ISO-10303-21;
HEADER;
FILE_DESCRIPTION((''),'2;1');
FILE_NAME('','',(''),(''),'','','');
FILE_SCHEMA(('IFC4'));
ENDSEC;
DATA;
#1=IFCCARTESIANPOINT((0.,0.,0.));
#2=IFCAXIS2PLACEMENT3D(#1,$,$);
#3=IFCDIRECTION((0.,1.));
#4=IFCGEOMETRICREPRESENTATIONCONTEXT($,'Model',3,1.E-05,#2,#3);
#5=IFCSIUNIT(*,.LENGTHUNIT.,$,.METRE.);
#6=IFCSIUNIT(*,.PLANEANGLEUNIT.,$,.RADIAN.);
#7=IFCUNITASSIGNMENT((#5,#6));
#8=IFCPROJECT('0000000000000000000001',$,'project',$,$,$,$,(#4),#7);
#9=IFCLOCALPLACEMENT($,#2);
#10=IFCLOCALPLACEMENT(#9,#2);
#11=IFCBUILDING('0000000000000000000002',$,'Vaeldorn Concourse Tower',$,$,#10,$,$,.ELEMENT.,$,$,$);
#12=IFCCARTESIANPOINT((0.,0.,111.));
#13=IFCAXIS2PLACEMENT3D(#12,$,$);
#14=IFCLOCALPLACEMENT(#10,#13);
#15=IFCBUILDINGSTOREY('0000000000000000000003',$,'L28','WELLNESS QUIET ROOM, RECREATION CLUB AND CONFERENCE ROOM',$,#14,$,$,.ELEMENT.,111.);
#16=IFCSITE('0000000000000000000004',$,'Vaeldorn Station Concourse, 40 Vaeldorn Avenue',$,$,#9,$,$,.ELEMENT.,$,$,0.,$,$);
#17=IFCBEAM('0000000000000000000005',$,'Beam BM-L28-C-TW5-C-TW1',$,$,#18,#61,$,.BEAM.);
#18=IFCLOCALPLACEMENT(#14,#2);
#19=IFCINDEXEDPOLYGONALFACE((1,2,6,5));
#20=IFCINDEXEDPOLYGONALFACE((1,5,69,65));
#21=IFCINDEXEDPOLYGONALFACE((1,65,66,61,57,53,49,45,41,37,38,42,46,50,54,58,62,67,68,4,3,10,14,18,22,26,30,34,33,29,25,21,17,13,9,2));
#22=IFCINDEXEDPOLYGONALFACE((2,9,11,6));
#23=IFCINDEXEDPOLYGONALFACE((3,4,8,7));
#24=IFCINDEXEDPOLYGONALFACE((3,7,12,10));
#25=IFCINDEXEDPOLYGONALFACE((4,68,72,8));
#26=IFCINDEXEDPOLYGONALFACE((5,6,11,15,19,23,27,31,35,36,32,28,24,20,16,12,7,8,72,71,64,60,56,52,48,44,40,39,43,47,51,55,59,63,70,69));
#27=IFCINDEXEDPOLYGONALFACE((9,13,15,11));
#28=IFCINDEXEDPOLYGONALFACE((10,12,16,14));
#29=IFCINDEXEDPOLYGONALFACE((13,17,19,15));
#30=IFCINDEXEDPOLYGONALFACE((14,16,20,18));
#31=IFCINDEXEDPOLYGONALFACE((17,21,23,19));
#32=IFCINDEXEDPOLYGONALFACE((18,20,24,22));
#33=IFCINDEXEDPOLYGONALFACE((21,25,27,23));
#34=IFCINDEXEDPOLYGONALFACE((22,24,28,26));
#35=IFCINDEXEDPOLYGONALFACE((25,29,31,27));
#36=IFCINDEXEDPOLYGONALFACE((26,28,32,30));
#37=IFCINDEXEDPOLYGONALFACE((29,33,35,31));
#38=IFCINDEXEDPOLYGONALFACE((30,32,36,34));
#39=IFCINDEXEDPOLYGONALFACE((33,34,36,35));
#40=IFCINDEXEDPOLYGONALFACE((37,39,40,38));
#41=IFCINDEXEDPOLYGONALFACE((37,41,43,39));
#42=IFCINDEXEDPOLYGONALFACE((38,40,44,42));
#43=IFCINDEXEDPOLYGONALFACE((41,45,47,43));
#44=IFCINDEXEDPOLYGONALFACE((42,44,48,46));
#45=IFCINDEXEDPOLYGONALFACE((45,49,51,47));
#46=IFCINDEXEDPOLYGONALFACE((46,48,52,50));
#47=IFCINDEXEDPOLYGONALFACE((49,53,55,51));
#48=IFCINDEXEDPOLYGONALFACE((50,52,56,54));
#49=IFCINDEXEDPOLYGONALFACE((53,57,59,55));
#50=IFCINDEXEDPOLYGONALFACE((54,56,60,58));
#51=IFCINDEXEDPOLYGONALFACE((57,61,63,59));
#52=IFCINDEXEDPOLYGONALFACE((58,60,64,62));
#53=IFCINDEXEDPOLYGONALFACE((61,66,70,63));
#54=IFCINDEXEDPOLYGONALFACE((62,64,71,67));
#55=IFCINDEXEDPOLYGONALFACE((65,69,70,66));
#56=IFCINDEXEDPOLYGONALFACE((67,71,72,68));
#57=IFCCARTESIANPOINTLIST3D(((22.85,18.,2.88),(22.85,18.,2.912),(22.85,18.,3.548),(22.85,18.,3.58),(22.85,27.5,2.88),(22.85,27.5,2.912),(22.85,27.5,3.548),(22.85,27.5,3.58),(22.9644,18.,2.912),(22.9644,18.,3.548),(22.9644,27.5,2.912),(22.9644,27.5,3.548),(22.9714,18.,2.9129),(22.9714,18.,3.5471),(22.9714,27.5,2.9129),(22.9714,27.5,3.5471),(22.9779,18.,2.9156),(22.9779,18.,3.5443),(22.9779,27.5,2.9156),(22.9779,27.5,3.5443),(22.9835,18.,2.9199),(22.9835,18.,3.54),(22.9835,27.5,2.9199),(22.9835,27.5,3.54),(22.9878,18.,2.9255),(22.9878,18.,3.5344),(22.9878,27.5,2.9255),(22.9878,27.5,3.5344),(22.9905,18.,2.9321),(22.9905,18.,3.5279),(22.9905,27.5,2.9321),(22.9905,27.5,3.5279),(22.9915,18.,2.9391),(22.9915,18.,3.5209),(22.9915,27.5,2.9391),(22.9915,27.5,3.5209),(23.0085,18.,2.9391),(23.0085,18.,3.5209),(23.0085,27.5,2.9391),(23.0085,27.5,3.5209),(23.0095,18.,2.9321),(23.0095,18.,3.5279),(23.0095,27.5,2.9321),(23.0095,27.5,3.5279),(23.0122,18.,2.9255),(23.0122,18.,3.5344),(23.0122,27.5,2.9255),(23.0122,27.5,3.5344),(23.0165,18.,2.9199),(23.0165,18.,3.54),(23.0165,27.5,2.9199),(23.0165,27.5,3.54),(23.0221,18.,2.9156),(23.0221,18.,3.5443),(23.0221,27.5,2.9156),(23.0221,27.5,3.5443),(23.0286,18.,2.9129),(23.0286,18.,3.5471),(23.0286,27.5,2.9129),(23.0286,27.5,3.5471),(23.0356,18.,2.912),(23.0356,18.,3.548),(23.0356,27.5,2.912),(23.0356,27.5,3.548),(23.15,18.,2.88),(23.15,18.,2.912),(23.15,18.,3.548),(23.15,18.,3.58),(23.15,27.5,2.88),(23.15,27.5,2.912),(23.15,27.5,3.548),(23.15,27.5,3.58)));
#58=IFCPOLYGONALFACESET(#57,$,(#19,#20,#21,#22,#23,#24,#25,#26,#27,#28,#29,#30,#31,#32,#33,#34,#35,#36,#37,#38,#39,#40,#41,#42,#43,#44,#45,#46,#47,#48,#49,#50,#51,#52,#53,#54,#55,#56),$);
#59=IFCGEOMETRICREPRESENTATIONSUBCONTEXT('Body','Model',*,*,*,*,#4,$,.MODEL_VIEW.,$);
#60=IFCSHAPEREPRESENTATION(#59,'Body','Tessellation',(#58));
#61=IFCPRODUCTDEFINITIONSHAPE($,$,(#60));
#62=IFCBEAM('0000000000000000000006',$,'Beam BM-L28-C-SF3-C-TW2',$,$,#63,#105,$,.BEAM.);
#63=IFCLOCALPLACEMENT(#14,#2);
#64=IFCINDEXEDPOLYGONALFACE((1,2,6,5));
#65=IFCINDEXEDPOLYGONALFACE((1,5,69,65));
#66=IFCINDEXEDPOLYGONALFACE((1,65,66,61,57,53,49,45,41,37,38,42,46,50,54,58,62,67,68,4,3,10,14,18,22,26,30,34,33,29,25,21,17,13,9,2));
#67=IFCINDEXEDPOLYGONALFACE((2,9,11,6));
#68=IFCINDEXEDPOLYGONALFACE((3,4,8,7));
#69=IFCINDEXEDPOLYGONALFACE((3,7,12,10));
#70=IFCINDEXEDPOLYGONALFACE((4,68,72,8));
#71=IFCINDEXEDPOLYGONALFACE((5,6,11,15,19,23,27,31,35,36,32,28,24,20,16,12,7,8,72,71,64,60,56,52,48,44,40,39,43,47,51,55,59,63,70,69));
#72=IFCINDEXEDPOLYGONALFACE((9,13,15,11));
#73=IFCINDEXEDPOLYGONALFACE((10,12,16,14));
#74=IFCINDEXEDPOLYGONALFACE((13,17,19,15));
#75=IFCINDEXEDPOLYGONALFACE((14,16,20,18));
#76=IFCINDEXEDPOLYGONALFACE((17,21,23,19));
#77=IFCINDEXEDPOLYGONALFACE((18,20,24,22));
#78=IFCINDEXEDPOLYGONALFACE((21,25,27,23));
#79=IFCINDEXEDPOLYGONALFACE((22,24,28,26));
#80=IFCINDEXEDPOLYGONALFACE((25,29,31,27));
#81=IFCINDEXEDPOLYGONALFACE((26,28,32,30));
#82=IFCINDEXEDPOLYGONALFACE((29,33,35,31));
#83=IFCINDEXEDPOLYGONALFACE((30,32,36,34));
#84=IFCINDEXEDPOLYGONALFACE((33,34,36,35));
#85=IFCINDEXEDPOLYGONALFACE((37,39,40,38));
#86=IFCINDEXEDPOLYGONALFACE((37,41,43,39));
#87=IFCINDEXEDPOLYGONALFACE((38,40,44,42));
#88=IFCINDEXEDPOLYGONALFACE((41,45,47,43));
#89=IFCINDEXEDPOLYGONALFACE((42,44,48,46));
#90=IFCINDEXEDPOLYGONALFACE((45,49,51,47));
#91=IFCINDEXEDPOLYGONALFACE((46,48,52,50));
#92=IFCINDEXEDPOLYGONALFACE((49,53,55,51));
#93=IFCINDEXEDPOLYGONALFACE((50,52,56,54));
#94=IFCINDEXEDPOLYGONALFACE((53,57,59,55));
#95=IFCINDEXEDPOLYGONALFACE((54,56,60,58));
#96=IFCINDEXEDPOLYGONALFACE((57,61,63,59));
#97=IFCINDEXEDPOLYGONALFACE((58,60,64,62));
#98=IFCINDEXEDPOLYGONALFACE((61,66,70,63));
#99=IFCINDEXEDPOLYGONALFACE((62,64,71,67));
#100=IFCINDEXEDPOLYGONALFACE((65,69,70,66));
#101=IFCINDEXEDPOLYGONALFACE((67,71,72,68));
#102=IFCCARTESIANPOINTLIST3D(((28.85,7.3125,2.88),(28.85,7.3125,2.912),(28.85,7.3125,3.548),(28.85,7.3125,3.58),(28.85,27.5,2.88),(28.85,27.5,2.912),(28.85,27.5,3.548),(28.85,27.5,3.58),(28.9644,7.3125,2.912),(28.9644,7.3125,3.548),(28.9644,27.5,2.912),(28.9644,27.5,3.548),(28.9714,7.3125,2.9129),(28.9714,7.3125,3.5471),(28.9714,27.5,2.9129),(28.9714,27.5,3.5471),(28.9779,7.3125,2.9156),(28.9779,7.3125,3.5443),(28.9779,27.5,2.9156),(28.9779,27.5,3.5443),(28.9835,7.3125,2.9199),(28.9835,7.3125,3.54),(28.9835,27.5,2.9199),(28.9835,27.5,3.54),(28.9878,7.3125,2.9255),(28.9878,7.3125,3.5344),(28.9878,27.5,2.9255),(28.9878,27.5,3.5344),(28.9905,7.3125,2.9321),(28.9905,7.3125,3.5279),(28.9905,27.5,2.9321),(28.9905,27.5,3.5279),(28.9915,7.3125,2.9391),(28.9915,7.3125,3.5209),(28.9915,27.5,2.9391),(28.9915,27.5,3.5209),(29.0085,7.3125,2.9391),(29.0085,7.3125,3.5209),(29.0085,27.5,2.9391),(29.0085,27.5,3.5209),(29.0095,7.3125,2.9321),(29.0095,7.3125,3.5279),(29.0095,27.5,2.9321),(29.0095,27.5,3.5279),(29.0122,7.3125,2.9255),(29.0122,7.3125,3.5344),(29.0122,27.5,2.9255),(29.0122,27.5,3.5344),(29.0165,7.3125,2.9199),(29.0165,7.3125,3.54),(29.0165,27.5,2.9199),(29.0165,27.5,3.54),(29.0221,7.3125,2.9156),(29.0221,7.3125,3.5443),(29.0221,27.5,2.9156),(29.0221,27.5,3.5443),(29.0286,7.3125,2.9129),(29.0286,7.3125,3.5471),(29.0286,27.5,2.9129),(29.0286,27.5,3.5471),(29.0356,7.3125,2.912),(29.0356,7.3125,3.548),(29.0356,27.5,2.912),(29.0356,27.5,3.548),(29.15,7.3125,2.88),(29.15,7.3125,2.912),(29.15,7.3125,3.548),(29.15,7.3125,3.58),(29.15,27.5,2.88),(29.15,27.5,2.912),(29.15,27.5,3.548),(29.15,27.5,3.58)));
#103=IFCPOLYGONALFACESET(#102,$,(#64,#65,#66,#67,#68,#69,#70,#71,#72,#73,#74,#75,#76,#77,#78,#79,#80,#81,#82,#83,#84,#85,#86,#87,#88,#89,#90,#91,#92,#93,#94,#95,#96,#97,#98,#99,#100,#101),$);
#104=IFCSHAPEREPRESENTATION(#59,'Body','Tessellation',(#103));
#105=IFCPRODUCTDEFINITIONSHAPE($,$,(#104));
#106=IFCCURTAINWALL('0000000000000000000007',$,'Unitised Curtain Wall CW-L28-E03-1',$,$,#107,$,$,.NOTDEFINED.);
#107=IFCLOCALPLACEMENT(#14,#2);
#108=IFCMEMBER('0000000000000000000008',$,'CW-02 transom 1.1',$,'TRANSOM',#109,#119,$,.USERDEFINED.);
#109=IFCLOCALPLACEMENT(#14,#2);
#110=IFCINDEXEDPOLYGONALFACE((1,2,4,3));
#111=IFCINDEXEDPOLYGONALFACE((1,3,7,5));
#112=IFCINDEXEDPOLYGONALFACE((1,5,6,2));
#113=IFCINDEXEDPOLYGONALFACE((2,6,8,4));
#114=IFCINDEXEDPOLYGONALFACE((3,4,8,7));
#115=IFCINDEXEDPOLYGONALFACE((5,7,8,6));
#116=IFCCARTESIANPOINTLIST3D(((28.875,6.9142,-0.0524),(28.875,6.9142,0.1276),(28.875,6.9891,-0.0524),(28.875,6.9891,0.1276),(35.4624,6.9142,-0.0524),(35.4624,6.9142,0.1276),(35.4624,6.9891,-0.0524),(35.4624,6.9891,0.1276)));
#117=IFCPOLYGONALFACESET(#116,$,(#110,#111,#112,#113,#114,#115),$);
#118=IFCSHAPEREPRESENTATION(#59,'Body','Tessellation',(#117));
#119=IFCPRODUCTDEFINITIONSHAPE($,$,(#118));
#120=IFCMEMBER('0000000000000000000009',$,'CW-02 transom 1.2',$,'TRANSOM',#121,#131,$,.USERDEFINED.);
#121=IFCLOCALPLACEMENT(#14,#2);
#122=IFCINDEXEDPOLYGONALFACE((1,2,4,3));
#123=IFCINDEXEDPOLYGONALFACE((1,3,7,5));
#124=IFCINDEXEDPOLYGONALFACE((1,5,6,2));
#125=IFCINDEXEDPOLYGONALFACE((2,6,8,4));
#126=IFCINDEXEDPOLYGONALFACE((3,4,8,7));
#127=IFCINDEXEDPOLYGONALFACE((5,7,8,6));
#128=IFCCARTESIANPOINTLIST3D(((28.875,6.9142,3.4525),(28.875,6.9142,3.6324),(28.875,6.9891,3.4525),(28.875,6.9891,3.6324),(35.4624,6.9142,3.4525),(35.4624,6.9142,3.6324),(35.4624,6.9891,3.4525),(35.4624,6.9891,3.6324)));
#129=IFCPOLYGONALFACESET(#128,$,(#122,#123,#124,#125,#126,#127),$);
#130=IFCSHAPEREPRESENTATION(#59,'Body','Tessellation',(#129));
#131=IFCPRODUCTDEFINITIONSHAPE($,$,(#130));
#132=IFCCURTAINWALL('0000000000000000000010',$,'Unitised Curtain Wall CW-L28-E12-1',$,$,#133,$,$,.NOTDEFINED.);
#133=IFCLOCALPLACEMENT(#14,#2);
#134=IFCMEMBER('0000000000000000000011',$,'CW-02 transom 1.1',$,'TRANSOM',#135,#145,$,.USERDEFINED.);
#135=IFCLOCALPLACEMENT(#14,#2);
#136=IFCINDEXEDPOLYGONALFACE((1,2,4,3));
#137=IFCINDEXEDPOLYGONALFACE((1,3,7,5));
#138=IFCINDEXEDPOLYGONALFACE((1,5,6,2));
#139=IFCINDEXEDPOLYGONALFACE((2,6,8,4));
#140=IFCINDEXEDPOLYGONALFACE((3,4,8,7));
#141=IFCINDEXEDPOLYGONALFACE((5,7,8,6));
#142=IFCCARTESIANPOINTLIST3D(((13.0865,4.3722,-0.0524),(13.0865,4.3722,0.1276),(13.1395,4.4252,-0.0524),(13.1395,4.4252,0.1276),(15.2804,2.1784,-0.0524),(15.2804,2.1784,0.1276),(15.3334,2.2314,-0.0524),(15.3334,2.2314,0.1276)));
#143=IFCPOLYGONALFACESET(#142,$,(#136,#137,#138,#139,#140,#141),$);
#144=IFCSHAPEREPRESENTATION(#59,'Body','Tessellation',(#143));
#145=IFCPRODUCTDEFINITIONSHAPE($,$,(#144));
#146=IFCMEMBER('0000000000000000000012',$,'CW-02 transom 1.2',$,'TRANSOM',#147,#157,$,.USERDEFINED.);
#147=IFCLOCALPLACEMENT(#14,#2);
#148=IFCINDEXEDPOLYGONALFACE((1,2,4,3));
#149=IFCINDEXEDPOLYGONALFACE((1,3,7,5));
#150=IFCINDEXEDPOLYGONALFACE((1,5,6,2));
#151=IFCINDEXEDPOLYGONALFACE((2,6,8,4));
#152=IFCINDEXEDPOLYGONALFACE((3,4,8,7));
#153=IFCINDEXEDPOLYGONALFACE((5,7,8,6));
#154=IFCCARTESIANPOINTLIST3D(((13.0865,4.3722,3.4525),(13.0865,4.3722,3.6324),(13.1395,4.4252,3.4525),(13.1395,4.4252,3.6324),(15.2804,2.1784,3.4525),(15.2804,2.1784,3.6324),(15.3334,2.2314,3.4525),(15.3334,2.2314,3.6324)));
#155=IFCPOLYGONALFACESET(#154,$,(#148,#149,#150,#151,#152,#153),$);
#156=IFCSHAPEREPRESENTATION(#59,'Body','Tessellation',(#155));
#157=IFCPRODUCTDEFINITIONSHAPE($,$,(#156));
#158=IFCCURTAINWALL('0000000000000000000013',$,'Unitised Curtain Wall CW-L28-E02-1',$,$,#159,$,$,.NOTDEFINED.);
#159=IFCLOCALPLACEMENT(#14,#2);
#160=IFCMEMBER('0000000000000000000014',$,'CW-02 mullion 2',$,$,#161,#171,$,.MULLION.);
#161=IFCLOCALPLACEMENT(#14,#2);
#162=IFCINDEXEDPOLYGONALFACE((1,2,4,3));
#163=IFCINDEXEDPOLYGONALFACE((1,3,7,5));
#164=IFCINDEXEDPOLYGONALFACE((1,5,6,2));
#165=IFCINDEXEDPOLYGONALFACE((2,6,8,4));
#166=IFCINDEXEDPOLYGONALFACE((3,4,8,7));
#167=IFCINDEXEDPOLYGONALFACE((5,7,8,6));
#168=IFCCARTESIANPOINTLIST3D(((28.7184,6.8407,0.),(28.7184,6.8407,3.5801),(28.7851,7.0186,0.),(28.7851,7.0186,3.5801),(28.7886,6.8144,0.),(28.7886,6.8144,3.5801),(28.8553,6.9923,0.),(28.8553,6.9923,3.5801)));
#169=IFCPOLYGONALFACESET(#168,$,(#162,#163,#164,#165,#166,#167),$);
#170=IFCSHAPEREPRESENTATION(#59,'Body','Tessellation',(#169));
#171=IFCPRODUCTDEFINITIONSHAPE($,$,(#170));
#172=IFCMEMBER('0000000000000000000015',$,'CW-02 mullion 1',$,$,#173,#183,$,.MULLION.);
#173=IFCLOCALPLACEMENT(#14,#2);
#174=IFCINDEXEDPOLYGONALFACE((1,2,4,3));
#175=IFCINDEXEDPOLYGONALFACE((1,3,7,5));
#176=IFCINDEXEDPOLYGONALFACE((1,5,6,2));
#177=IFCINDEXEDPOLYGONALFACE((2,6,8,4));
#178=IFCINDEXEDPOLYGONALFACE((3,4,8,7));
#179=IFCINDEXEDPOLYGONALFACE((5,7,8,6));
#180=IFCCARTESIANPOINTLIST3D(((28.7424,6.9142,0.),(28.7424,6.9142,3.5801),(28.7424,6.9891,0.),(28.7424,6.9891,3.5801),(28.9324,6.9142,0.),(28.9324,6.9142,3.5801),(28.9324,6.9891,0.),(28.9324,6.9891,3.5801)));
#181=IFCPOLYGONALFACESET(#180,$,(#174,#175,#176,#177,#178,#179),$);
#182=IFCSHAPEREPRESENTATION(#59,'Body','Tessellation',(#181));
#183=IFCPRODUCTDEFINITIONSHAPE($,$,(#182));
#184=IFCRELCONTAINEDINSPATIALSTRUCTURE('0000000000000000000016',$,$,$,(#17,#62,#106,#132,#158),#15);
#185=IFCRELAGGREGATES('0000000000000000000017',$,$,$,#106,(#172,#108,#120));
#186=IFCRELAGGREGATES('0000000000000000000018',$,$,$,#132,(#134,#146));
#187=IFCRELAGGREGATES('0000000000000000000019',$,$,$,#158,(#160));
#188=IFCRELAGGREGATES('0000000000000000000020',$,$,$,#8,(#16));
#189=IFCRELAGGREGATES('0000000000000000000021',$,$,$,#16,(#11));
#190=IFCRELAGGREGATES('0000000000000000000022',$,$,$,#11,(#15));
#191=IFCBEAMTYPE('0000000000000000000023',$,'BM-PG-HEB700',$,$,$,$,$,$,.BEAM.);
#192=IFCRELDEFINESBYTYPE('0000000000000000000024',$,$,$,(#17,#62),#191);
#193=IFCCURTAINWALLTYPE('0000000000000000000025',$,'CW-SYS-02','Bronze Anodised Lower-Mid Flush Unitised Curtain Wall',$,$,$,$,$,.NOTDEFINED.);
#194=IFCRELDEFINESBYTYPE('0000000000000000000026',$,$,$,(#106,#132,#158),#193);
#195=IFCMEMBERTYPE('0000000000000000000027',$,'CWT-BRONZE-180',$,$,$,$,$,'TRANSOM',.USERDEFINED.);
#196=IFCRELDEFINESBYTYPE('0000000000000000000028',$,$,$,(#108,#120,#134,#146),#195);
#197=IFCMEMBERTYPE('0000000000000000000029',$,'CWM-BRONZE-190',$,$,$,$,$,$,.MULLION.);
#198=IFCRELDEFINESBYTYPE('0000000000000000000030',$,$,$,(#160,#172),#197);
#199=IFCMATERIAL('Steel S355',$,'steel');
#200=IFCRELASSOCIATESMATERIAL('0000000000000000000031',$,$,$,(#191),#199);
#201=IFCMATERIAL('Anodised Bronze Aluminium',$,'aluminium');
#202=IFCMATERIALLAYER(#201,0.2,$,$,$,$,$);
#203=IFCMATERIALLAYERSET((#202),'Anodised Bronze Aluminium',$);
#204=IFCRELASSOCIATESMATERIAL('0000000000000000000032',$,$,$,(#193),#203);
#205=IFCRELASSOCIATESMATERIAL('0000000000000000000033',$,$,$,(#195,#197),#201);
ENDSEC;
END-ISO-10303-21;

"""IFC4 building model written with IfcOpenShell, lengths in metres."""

from ifc_helpers import new_model, si_unit, direction, frame, origin, origin_2d, place, context, subcontext, project, spatial, rectangle, i_section, extrude, source, transform, mapped, material, layer, layer_set, material_profile, profile_set, type_object, element, aggregate, save


model = new_model("IFC4")

# Units and contexts
model_context = context("Model", 3, precision=1e-05, world=origin(), true_north=direction((0.0, 1.0)))
body_context = subcontext(model_context, "Body", "Model", "MODEL_VIEW")
ifc_project = project(units=[si_unit("LENGTHUNIT", "METRE"), si_unit("PLANEANGLEUNIT", "RADIAN")], contexts=[model_context])

# Site, building, storey
site_placement = place(None, origin())
site = spatial("IfcSite", under=ifc_project, at=site_placement, Name="Vaeldorn Station Concourse, 40 Vaeldorn Avenue", CompositionType="ELEMENT", RefElevation=0.0)
building_placement = place(site_placement, origin())
building = spatial("IfcBuilding", under=site, at=building_placement, Name="Vaeldorn Concourse Tower", CompositionType="ELEMENT")
storey_placement = place(building_placement, frame((0.0, 0.0, 111.0)))
storey = spatial("IfcBuildingStorey", under=building, at=storey_placement, Name="L28", Description="WELLNESS QUIET ROOM, RECREATION CLUB AND CONFERENCE ROOM", CompositionType="ELEMENT", Elevation=111.0)

# Beams
ifc_material_1 = material(Name="Steel S355", Category="steel")
ifc_material_profile_1 = material_profile(ifc_material_1, i_section(OverallWidth=0.3, OverallDepth=0.7, WebThickness=0.0171, FlangeThickness=0.032, FilletRadius=0.0271, at=origin_2d()), Name="HEB 700")
ifc_profile_set_1 = profile_set([ifc_material_profile_1], Name="Steel S355")
beam_type_1 = type_object("IfcBeamType", Name="BM-PG-HEB700", PredefinedType="BEAM", material=ifc_profile_set_1)
shared_shape_1 = source(origin(), body_context, "Body", "SweptSolid", [
    extrude(i_section(OverallWidth=0.3, OverallDepth=0.7, WebThickness=0.0171, FlangeThickness=0.032, FilletRadius=0.0271, at=origin_2d()), origin(), (0.0, 0.0, 1.0), 9.5),
])
beam_1_placement = place(storey_placement, frame((23.0, 18.0, 3.23), z_axis=(0.0, 1.0, 0.0), x_axis=(-1.0, 0.0, 0.0)))
element("IfcBeam", 1, at=beam_1_placement, inside=storey, type_object=beam_type_1, Name="Beam BM-L28-C-TW5-C-TW1", PredefinedType="BEAM", context=body_context, shape_type="MappedRepresentation", body=[
    mapped(shared_shape_1, transform((0.0, 0.0, 0.0), scale=1.0)),
])
shared_shape_2 = source(origin(), body_context, "Body", "SweptSolid", [
    extrude(i_section(OverallWidth=0.3, OverallDepth=0.7, WebThickness=0.0171, FlangeThickness=0.032, FilletRadius=0.0271, at=origin_2d()), origin(), (0.0, 0.0, 1.0), 20.1875),
])
beam_2_placement = place(storey_placement, frame((29.0, 7.3125, 3.23), z_axis=(0.0, 1.0, 0.0), x_axis=(-1.0, 0.0, 0.0)))
element("IfcBeam", 2, at=beam_2_placement, inside=storey, type_object=beam_type_1, Name="Beam BM-L28-C-SF3-C-TW2", PredefinedType="BEAM", context=body_context, shape_type="MappedRepresentation", body=[
    mapped(shared_shape_2, transform((0.0, 0.0, 0.0), scale=1.0)),
])

# Curtain walls, members
ifc_material_2 = material(Name="Anodised Bronze Aluminium", Category="aluminium")
ifc_layer_1 = layer(ifc_material_2, 0.2)
ifc_layer_set_1 = layer_set([ifc_layer_1], Name="Anodised Bronze Aluminium")
curtain_wall_type = type_object("IfcCurtainWallType", Name="CW-SYS-02", Description="Bronze Anodised Lower-Mid Flush Unitised Curtain Wall", PredefinedType="NOTDEFINED", material=ifc_layer_set_1)
curtain_wall_1_placement = place(storey_placement, origin())
curtain_wall_1 = element("IfcCurtainWall", 3, at=curtain_wall_1_placement, inside=storey, type_object=curtain_wall_type, Name="Unitised Curtain Wall CW-L28-E03-1", PredefinedType="NOTDEFINED")
ifc_material_profile_2 = material_profile(ifc_material_2, rectangle(XDim=0.075, YDim=0.1799, at=origin_2d()), Name="CWT 75x180")
ifc_profile_set_2 = profile_set([ifc_material_profile_2], Name="Anodised Bronze Aluminium")
member_type_1 = type_object("IfcMemberType", Name="CWT-BRONZE-180", ElementType="TRANSOM", PredefinedType="USERDEFINED", material=ifc_profile_set_2)
shared_shape_3 = source(origin(), body_context, "Body", "SweptSolid", [
    extrude(rectangle(XDim=0.075, YDim=0.1799, at=origin_2d()), origin(), (0.0, 0.0, 1.0), 6.5874),
])
member_1_placement = place(storey_placement, frame((28.875, 6.9517, 0.0376), z_axis=(1.0, 0.0, 0.0), x_axis=(0.0, 1.0, 0.0)))
member_1 = element("IfcMember", 4, at=member_1_placement, type_object=member_type_1, Name="CW-02 transom 1.1", ObjectType="TRANSOM", PredefinedType="USERDEFINED", context=body_context, shape_type="MappedRepresentation", body=[
    mapped(shared_shape_3, transform((0.0, 0.0, 0.0), scale=1.0)),
])
member_2_placement = place(storey_placement, frame((28.875, 6.9517, 3.5425), z_axis=(1.0, 0.0, 0.0), x_axis=(0.0, 1.0, 0.0)))
member_2 = element("IfcMember", 5, at=member_2_placement, type_object=member_type_1, Name="CW-02 transom 1.2", ObjectType="TRANSOM", PredefinedType="USERDEFINED", context=body_context, shape_type="MappedRepresentation", body=[
    mapped(shared_shape_3, transform((0.0, 0.0, 0.0), scale=1.0)),
])
curtain_wall_2_placement = place(storey_placement, origin())
curtain_wall_2 = element("IfcCurtainWall", 6, at=curtain_wall_2_placement, inside=storey, type_object=curtain_wall_type, Name="Unitised Curtain Wall CW-L28-E12-1", PredefinedType="NOTDEFINED")
shared_shape_4 = source(origin(), body_context, "Body", "SweptSolid", [
    extrude(rectangle(XDim=0.075, YDim=0.1799, at=origin_2d()), origin(), (0.0, 0.0, 1.0), 3.1025),
])
member_3_placement = place(storey_placement, frame((13.113, 4.3987, 0.0376), z_axis=(0.707107, -0.707107, 0.0), x_axis=(0.707107, 0.707107, 0.0)))
member_3 = element("IfcMember", 7, at=member_3_placement, type_object=member_type_1, Name="CW-02 transom 1.1", ObjectType="TRANSOM", PredefinedType="USERDEFINED", context=body_context, shape_type="MappedRepresentation", body=[
    mapped(shared_shape_4, transform((0.0, 0.0, 0.0), scale=1.0)),
])
member_4_placement = place(storey_placement, frame((13.113, 4.3987, 3.5425), z_axis=(0.707107, -0.707107, 0.0), x_axis=(0.707107, 0.707107, 0.0)))
member_4 = element("IfcMember", 8, at=member_4_placement, type_object=member_type_1, Name="CW-02 transom 1.2", ObjectType="TRANSOM", PredefinedType="USERDEFINED", context=body_context, shape_type="MappedRepresentation", body=[
    mapped(shared_shape_4, transform((0.0, 0.0, 0.0), scale=1.0)),
])

# Curtain wall, member
curtain_wall_3_placement = place(storey_placement, origin())
curtain_wall_3 = element("IfcCurtainWall", 9, at=curtain_wall_3_placement, inside=storey, type_object=curtain_wall_type, Name="Unitised Curtain Wall CW-L28-E02-1", PredefinedType="NOTDEFINED")
ifc_material_profile_3 = material_profile(ifc_material_2, rectangle(XDim=0.075, YDim=0.1899, at=origin_2d()), Name="CWM 75x190")
ifc_profile_set_3 = profile_set([ifc_material_profile_3], Name="Anodised Bronze Aluminium")
member_type_2 = type_object("IfcMemberType", Name="CWM-BRONZE-190", PredefinedType="MULLION", material=ifc_profile_set_3)
shared_shape_5 = source(origin(), body_context, "Body", "SweptSolid", [
    extrude(rectangle(XDim=0.075, YDim=0.1899, at=origin_2d()), origin(), (0.0, 0.0, 1.0), 3.5801),
])
member_5_placement = place(storey_placement, frame((28.7869, 6.9165, 0.0), z_axis=(0.0, 0.0, 1.0), x_axis=(-0.936329, 0.351123, 0.0)))
member_5 = element("IfcMember", 10, at=member_5_placement, type_object=member_type_2, Name="CW-02 mullion 2", PredefinedType="MULLION", context=body_context, shape_type="MappedRepresentation", body=[
    mapped(shared_shape_5, transform((0.0, 0.0, 0.0), scale=1.0)),
])

# Member
member_6_placement = place(storey_placement, frame((28.8374, 6.9517, 0.0), z_axis=(0.0, 0.0, 1.0), x_axis=(0.0, 1.0, 0.0)))
member_6 = element("IfcMember", 11, at=member_6_placement, type_object=member_type_2, Name="CW-02 mullion 1", PredefinedType="MULLION", context=body_context, shape_type="MappedRepresentation", body=[
    mapped(shared_shape_5, transform((0.0, 0.0, 0.0), scale=1.0)),
])
aggregate(curtain_wall_1, [member_6, member_1, member_2])

aggregate(curtain_wall_2, [member_3, member_4])

aggregate(curtain_wall_3, [member_5])

save(model, "model.ifc")
